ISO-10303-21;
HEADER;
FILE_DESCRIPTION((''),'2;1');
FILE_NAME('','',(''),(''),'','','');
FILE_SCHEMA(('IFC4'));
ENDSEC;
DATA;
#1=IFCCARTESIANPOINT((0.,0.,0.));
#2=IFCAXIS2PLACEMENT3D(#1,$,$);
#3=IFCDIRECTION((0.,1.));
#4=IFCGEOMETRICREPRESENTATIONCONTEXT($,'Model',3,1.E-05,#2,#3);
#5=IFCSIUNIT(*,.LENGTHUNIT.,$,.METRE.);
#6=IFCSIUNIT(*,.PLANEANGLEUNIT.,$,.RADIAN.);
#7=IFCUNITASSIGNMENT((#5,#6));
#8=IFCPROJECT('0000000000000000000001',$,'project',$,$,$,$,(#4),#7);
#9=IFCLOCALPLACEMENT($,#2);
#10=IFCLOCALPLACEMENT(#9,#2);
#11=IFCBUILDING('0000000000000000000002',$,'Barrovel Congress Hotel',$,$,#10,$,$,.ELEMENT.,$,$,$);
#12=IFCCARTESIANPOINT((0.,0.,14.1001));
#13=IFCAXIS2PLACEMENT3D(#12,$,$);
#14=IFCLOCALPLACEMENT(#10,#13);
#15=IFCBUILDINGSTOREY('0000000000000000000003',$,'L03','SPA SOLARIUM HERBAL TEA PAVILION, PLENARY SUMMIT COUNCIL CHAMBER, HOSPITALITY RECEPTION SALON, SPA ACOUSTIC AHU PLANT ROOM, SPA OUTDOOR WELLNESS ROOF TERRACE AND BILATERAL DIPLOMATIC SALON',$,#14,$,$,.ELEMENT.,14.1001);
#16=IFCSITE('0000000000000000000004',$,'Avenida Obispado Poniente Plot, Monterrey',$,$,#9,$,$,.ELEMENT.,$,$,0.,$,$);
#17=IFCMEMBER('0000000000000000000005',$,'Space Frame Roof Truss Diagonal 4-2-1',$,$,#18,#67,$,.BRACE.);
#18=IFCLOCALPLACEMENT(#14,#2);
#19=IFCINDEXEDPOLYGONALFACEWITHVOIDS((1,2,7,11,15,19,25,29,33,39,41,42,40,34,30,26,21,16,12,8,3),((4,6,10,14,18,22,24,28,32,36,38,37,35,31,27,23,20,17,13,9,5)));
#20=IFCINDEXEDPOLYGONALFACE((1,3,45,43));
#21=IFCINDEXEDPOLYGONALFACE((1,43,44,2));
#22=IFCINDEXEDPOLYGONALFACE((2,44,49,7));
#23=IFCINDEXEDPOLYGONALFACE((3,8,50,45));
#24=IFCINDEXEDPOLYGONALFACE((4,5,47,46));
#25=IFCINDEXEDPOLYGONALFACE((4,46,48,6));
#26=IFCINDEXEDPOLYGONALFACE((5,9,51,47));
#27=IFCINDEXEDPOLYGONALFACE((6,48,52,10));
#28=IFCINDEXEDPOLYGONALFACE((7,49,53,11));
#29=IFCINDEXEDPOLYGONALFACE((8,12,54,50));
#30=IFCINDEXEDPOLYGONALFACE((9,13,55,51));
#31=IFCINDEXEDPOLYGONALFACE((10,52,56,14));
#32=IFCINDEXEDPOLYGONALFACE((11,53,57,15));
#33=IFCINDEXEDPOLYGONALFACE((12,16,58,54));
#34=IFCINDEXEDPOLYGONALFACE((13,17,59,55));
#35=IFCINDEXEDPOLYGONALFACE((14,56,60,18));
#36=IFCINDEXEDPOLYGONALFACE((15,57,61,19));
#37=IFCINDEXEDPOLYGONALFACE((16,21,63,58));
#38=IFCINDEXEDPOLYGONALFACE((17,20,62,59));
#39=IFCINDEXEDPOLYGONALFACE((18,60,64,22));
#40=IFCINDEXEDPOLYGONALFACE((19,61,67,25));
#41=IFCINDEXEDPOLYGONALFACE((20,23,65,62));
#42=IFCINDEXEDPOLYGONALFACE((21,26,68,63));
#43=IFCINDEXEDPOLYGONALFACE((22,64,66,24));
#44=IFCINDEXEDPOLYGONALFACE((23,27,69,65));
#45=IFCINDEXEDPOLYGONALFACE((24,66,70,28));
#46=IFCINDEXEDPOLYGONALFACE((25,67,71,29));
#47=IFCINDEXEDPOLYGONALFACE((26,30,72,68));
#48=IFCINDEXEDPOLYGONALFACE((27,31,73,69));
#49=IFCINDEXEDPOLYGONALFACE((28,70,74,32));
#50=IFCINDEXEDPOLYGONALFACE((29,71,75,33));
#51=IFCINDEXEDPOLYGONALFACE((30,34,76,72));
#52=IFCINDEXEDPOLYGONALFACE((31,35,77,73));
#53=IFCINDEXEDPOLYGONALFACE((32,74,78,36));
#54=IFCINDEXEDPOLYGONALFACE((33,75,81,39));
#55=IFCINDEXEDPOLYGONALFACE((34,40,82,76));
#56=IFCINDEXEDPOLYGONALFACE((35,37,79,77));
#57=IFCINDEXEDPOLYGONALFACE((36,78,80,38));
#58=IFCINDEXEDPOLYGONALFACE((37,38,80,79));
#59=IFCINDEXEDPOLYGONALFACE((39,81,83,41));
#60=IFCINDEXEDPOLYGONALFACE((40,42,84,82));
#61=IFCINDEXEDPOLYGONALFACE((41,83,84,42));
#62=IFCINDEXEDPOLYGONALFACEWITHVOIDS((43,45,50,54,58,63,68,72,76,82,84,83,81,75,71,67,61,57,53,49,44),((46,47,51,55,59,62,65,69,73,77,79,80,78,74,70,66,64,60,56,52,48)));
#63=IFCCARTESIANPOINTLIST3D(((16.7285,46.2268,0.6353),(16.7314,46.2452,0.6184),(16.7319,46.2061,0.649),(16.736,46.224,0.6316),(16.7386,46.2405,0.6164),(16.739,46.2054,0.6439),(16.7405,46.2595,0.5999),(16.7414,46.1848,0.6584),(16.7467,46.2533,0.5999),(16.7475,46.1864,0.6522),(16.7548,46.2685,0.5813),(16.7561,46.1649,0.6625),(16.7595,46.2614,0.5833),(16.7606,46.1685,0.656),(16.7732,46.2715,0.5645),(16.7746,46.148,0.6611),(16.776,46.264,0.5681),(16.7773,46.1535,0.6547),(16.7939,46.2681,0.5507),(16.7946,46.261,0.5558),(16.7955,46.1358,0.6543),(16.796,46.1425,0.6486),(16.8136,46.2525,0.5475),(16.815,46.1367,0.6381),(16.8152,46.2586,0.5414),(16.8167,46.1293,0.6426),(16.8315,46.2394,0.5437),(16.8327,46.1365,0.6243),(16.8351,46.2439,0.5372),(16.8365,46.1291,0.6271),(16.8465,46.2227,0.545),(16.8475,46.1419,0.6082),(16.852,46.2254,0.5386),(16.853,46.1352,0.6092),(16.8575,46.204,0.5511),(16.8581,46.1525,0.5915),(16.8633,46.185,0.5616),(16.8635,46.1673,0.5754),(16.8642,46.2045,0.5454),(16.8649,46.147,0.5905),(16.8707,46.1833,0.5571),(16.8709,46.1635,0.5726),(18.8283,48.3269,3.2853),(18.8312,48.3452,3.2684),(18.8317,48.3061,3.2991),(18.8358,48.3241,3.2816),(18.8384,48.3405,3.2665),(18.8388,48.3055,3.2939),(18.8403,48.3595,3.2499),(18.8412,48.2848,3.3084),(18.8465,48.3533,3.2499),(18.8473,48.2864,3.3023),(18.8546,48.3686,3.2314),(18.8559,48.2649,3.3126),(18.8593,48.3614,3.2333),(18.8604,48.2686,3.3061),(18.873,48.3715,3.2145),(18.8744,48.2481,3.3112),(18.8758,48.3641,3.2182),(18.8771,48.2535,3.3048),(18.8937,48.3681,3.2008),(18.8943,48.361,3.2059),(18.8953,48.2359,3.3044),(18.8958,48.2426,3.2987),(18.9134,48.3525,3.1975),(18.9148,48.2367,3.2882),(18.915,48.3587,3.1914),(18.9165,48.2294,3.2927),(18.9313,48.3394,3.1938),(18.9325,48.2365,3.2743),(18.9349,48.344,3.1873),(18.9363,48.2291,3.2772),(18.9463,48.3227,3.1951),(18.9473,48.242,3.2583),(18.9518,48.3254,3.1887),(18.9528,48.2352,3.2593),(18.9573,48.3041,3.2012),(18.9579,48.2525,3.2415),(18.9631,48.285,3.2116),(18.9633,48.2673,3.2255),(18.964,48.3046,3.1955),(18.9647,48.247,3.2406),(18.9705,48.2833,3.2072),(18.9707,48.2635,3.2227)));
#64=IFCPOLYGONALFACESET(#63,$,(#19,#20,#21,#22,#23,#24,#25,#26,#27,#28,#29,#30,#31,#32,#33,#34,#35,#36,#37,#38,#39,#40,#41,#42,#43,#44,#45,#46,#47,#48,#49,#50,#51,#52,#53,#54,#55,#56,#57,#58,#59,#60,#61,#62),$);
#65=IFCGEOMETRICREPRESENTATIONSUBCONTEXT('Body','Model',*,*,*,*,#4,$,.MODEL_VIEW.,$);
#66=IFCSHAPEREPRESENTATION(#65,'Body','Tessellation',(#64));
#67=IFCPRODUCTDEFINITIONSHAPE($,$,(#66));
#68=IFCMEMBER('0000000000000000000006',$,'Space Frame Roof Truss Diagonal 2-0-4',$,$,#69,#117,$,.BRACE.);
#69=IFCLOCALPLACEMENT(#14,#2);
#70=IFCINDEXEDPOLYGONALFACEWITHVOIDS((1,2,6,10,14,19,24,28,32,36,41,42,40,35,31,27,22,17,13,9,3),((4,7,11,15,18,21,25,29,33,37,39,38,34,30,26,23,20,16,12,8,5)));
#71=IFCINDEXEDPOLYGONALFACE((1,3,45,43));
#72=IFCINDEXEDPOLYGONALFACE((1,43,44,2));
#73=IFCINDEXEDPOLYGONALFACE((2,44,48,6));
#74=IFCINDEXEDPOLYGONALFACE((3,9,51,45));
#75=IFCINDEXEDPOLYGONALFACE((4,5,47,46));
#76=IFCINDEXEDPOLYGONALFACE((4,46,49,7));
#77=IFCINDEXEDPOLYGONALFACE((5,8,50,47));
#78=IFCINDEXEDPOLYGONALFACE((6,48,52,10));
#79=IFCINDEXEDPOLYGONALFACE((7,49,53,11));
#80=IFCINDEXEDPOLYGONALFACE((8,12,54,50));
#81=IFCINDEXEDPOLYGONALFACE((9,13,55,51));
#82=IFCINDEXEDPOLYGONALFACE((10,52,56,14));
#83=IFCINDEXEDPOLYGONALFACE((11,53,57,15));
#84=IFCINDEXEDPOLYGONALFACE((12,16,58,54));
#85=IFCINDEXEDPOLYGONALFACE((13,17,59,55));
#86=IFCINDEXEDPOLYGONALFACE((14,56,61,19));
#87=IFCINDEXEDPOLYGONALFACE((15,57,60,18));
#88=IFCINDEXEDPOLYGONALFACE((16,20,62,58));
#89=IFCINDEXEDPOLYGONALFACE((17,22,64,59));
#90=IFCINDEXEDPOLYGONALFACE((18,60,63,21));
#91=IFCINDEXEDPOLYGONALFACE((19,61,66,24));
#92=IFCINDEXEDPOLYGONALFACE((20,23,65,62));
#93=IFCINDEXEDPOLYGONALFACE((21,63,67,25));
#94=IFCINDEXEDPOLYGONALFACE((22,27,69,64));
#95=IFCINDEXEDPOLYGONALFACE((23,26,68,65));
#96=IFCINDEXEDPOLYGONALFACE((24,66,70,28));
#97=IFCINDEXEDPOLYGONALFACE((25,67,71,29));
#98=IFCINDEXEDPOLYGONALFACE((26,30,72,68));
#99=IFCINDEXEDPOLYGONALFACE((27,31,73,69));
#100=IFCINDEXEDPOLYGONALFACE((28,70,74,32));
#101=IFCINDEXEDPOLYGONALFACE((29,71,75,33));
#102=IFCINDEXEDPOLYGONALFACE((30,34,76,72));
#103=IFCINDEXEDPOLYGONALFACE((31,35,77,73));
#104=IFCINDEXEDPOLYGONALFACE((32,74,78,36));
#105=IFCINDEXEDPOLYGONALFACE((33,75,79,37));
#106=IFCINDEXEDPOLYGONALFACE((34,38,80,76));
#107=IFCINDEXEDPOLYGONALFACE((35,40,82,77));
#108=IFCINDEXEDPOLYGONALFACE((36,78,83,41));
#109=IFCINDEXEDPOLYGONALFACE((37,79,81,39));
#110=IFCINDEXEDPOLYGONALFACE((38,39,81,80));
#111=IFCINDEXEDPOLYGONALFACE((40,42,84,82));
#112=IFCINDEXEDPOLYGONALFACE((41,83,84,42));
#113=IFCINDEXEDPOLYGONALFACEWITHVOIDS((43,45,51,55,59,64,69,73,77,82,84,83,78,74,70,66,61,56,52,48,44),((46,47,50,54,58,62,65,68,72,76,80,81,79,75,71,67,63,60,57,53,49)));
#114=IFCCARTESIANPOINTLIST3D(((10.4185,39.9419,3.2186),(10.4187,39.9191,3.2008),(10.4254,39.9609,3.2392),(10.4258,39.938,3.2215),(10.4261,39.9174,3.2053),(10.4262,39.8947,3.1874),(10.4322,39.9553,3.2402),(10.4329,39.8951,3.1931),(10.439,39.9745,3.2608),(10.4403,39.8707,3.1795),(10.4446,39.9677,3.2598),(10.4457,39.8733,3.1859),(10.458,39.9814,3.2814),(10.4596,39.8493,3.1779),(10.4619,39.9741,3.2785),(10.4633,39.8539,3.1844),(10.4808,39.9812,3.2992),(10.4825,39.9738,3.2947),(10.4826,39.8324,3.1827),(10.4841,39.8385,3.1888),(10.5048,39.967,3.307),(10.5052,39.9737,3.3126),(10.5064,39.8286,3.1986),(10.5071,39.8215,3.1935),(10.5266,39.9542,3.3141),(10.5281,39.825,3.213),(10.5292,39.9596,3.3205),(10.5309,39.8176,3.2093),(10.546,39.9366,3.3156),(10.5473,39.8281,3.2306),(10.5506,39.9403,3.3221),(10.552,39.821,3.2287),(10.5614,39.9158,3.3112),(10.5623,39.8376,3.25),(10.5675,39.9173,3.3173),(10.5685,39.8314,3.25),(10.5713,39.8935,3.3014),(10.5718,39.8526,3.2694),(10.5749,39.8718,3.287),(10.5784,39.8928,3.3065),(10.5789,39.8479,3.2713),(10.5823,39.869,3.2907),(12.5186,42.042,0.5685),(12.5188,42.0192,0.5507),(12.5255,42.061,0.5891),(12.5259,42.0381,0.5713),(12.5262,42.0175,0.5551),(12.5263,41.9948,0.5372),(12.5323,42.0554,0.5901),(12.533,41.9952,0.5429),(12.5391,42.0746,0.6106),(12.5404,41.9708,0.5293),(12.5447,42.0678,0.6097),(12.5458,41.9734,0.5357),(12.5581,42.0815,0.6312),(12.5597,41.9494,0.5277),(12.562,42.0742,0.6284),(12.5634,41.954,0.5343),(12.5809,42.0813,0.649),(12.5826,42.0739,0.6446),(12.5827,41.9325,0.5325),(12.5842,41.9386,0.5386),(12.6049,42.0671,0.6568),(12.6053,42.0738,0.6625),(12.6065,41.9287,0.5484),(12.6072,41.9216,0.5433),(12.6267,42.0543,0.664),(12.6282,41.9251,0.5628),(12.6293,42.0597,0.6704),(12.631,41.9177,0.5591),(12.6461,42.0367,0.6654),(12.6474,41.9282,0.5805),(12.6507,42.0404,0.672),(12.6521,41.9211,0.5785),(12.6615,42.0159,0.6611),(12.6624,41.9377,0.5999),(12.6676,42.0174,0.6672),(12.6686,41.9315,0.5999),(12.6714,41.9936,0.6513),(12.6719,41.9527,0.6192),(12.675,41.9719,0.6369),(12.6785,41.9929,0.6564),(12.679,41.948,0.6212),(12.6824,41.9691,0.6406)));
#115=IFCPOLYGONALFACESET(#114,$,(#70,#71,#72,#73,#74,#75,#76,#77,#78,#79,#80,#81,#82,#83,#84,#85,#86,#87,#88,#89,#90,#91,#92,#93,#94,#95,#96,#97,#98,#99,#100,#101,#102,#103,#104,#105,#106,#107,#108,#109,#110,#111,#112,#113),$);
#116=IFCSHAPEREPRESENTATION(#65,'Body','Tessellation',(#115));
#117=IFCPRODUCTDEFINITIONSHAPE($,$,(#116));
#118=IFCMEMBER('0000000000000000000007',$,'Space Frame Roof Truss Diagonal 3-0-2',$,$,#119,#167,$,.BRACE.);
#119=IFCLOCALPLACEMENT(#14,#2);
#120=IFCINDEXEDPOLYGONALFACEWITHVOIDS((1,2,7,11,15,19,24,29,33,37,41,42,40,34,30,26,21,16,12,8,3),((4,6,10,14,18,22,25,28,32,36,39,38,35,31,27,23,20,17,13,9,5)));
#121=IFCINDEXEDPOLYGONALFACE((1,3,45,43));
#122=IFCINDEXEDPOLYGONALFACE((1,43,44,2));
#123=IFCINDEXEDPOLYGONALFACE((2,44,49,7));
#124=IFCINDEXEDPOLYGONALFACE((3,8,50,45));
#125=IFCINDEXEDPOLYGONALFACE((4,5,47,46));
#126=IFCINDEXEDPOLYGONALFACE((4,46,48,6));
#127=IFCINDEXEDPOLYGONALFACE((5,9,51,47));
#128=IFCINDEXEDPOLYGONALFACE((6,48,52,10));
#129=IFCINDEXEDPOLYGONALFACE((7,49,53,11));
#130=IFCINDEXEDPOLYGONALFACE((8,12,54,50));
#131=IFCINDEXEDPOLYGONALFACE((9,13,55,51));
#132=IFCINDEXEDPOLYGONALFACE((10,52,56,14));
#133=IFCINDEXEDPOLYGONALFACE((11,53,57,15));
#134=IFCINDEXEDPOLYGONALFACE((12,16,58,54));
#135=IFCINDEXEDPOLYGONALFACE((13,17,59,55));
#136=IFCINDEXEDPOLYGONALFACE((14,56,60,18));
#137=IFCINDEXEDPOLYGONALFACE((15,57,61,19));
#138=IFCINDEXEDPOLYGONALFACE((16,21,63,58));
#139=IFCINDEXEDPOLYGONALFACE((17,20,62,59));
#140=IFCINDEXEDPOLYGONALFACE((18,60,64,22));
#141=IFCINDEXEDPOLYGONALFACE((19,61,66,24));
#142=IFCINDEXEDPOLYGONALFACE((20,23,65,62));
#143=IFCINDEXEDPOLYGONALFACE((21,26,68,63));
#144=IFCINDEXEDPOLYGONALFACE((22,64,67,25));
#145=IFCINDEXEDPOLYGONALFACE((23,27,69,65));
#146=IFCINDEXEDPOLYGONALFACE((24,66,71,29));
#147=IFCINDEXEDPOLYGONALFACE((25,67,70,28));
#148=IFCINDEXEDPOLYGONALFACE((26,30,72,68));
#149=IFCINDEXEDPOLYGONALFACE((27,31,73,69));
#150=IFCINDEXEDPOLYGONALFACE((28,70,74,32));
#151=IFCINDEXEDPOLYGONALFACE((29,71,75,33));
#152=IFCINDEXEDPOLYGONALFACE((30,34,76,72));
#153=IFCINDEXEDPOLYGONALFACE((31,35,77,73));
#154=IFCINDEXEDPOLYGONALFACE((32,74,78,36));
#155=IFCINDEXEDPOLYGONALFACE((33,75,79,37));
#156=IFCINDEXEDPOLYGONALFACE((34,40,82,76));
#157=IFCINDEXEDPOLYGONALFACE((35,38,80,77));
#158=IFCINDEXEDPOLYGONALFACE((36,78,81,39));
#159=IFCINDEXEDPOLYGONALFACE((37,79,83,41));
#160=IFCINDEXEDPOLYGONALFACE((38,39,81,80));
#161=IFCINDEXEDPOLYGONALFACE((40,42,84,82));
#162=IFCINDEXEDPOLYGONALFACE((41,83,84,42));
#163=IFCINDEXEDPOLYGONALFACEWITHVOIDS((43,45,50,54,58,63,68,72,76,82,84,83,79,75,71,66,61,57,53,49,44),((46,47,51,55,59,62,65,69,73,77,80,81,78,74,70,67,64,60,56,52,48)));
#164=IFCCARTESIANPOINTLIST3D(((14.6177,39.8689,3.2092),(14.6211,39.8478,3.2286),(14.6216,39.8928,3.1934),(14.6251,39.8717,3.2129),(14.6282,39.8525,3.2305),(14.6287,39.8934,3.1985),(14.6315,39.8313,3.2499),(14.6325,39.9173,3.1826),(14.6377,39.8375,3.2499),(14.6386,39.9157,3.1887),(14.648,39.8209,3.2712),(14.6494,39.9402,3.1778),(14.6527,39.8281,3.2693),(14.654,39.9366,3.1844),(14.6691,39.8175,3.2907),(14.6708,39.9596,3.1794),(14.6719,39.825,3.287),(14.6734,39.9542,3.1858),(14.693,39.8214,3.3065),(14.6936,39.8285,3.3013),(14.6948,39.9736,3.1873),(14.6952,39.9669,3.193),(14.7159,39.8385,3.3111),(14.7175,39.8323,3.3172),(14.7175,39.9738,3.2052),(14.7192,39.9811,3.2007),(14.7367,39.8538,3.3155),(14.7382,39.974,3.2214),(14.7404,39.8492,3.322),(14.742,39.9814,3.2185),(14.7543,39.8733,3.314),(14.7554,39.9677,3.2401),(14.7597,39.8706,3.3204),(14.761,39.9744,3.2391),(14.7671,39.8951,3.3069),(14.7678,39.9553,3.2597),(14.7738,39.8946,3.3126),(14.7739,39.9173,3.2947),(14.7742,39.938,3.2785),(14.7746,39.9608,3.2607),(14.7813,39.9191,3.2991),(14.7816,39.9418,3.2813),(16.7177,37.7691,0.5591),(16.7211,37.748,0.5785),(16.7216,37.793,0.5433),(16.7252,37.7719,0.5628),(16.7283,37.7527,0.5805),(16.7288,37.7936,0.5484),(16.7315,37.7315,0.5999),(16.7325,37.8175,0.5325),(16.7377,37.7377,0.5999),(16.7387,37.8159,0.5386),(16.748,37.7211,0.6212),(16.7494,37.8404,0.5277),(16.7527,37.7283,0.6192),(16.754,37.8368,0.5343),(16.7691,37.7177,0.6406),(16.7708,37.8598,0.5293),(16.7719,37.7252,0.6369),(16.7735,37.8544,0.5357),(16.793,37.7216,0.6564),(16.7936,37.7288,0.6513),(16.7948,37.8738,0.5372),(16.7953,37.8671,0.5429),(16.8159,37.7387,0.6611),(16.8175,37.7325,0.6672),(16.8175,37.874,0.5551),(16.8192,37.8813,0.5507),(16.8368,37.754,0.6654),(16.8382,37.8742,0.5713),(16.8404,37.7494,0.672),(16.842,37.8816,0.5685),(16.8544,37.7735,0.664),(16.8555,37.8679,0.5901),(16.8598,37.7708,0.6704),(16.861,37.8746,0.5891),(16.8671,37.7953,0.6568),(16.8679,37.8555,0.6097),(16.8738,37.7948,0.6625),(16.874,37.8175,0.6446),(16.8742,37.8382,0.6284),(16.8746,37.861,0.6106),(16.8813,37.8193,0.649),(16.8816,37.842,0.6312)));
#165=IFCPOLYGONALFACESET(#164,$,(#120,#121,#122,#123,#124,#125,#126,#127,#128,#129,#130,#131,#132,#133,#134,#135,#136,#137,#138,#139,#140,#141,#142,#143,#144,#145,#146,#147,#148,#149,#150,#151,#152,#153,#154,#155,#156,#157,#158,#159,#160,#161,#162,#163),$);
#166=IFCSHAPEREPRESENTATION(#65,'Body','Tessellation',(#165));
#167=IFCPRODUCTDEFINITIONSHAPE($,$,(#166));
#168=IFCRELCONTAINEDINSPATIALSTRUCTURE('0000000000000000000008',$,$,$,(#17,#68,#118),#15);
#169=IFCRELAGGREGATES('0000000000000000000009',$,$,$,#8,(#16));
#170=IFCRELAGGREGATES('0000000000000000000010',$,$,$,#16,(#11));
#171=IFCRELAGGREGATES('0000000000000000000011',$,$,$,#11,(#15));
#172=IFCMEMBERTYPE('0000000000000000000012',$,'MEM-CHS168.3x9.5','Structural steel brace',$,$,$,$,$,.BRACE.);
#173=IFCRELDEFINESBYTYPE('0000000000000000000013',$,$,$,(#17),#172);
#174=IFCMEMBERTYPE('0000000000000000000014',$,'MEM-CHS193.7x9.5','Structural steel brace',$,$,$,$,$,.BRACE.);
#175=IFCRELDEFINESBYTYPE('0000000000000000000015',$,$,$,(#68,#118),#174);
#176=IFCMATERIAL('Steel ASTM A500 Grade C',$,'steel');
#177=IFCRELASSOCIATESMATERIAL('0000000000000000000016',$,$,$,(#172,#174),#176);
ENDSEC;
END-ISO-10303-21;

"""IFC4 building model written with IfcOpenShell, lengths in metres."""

from ifc_helpers import new_model, si_unit, direction, frame, origin, origin_2d, place, context, subcontext, project, spatial, hollow_circle, extrude, material, material_profile, profile_set, type_object, element, save


model = new_model("IFC4")

# Units and contexts
model_context = context("Model", 3, precision=1e-05, world=origin(), true_north=direction((0.0, 1.0)))
body_context = subcontext(model_context, "Body", "Model", "MODEL_VIEW")
ifc_project = project(units=[si_unit("LENGTHUNIT", "METRE"), si_unit("PLANEANGLEUNIT", "RADIAN")], contexts=[model_context])

# Site, building, storey
site_placement = place(None, origin())
site = spatial("IfcSite", under=ifc_project, at=site_placement, Name="Avenida Obispado Poniente Plot, Monterrey", CompositionType="ELEMENT", RefElevation=0.0)
building_placement = place(site_placement, origin())
building = spatial("IfcBuilding", under=site, at=building_placement, Name="Barrovel Congress Hotel", CompositionType="ELEMENT")
storey_placement = place(building_placement, frame((0.0, 0.0, 14.1001)))
storey = spatial("IfcBuildingStorey", under=building, at=storey_placement, Name="L03", Description="SPA SOLARIUM HERBAL TEA PAVILION, PLENARY SUMMIT COUNCIL CHAMBER, HOSPITALITY RECEPTION SALON, SPA ACOUSTIC AHU PLANT ROOM, SPA OUTDOOR WELLNESS ROOF TERRACE AND BILATERAL DIPLOMATIC SALON", CompositionType="ELEMENT", Elevation=14.1001)

# Members
ifc_material_1 = material(Name="Steel ASTM A500 Grade C", Category="steel")
ifc_material_profile_1 = material_profile(ifc_material_1, hollow_circle(Radius=0.0842, WallThickness=0.0088, at=origin_2d()), Name="CHS168.3x9.5")
ifc_profile_set_1 = profile_set([ifc_material_profile_1], Name="Steel ASTM A500 Grade C")
member_type_1 = type_object("IfcMemberType", Name="MEM-CHS168.3x9.5", Description="Structural steel brace", PredefinedType="BRACE", material=ifc_profile_set_1)
for number, where, z_axis, x_axis, name in (
    (1, (16.8, 46.2, 0.5999), (0.527557, 0.527618, 0.66581), (-0.707148, 0.707066, 0.0), "Space Frame Roof Truss Diagonal 4-2-1"),
):
    element("IfcMember", number, at=place(storey_placement, frame(where, z_axis=z_axis, x_axis=x_axis)), inside=storey, type_object=member_type_1, Name=name, PredefinedType="BRACE", context=body_context, shape_type="SweptSolid", body=[
        extrude(hollow_circle(Radius=0.0842, WallThickness=0.0088, at=origin_2d()), origin(), (0.0, 0.0, 1.0), 3.9802),
    ])
ifc_material_profile_2 = material_profile(ifc_material_1, hollow_circle(Radius=0.0969, WallThickness=0.0088, at=origin_2d()), Name="CHS193.7x9.5")
ifc_profile_set_2 = profile_set([ifc_material_profile_2], Name="Steel ASTM A500 Grade C")
member_type_2 = type_object("IfcMemberType", Name="MEM-CHS193.7x9.5", Description="Structural steel brace", PredefinedType="BRACE", material=ifc_profile_set_2)
member_1_placement = place(storey_placement, frame((12.6001, 42.0, 0.5999), z_axis=(-0.527601, -0.527601, 0.665788), x_axis=(0.707107, -0.707107, 0.0)))
element("IfcMember", 2, at=member_1_placement, inside=storey, type_object=member_type_2, Name="Space Frame Roof Truss Diagonal 2-0-4", PredefinedType="BRACE", context=body_context, shape_type="SweptSolid", body=[
    extrude(hollow_circle(Radius=0.0969, WallThickness=0.0088, at=origin_2d()), origin(), (0.0, 0.0, 1.0), 3.9805),
])
for number, where, z_axis, x_axis, name in (
    (3, (16.8, 37.8, 0.5999), (-0.527618, 0.527557, 0.66581), (-0.707066, -0.707148, 0.0), "Space Frame Roof Truss Diagonal 3-0-2"),
):
    element("IfcMember", number, at=place(storey_placement, frame(where, z_axis=z_axis, x_axis=x_axis)), inside=storey, type_object=member_type_2, Name=name, PredefinedType="BRACE", context=body_context, shape_type="SweptSolid", body=[
        extrude(hollow_circle(Radius=0.0969, WallThickness=0.0088, at=origin_2d()), origin(), (0.0, 0.0, 1.0), 3.9802),
    ])

save(model, "model.ifc")
